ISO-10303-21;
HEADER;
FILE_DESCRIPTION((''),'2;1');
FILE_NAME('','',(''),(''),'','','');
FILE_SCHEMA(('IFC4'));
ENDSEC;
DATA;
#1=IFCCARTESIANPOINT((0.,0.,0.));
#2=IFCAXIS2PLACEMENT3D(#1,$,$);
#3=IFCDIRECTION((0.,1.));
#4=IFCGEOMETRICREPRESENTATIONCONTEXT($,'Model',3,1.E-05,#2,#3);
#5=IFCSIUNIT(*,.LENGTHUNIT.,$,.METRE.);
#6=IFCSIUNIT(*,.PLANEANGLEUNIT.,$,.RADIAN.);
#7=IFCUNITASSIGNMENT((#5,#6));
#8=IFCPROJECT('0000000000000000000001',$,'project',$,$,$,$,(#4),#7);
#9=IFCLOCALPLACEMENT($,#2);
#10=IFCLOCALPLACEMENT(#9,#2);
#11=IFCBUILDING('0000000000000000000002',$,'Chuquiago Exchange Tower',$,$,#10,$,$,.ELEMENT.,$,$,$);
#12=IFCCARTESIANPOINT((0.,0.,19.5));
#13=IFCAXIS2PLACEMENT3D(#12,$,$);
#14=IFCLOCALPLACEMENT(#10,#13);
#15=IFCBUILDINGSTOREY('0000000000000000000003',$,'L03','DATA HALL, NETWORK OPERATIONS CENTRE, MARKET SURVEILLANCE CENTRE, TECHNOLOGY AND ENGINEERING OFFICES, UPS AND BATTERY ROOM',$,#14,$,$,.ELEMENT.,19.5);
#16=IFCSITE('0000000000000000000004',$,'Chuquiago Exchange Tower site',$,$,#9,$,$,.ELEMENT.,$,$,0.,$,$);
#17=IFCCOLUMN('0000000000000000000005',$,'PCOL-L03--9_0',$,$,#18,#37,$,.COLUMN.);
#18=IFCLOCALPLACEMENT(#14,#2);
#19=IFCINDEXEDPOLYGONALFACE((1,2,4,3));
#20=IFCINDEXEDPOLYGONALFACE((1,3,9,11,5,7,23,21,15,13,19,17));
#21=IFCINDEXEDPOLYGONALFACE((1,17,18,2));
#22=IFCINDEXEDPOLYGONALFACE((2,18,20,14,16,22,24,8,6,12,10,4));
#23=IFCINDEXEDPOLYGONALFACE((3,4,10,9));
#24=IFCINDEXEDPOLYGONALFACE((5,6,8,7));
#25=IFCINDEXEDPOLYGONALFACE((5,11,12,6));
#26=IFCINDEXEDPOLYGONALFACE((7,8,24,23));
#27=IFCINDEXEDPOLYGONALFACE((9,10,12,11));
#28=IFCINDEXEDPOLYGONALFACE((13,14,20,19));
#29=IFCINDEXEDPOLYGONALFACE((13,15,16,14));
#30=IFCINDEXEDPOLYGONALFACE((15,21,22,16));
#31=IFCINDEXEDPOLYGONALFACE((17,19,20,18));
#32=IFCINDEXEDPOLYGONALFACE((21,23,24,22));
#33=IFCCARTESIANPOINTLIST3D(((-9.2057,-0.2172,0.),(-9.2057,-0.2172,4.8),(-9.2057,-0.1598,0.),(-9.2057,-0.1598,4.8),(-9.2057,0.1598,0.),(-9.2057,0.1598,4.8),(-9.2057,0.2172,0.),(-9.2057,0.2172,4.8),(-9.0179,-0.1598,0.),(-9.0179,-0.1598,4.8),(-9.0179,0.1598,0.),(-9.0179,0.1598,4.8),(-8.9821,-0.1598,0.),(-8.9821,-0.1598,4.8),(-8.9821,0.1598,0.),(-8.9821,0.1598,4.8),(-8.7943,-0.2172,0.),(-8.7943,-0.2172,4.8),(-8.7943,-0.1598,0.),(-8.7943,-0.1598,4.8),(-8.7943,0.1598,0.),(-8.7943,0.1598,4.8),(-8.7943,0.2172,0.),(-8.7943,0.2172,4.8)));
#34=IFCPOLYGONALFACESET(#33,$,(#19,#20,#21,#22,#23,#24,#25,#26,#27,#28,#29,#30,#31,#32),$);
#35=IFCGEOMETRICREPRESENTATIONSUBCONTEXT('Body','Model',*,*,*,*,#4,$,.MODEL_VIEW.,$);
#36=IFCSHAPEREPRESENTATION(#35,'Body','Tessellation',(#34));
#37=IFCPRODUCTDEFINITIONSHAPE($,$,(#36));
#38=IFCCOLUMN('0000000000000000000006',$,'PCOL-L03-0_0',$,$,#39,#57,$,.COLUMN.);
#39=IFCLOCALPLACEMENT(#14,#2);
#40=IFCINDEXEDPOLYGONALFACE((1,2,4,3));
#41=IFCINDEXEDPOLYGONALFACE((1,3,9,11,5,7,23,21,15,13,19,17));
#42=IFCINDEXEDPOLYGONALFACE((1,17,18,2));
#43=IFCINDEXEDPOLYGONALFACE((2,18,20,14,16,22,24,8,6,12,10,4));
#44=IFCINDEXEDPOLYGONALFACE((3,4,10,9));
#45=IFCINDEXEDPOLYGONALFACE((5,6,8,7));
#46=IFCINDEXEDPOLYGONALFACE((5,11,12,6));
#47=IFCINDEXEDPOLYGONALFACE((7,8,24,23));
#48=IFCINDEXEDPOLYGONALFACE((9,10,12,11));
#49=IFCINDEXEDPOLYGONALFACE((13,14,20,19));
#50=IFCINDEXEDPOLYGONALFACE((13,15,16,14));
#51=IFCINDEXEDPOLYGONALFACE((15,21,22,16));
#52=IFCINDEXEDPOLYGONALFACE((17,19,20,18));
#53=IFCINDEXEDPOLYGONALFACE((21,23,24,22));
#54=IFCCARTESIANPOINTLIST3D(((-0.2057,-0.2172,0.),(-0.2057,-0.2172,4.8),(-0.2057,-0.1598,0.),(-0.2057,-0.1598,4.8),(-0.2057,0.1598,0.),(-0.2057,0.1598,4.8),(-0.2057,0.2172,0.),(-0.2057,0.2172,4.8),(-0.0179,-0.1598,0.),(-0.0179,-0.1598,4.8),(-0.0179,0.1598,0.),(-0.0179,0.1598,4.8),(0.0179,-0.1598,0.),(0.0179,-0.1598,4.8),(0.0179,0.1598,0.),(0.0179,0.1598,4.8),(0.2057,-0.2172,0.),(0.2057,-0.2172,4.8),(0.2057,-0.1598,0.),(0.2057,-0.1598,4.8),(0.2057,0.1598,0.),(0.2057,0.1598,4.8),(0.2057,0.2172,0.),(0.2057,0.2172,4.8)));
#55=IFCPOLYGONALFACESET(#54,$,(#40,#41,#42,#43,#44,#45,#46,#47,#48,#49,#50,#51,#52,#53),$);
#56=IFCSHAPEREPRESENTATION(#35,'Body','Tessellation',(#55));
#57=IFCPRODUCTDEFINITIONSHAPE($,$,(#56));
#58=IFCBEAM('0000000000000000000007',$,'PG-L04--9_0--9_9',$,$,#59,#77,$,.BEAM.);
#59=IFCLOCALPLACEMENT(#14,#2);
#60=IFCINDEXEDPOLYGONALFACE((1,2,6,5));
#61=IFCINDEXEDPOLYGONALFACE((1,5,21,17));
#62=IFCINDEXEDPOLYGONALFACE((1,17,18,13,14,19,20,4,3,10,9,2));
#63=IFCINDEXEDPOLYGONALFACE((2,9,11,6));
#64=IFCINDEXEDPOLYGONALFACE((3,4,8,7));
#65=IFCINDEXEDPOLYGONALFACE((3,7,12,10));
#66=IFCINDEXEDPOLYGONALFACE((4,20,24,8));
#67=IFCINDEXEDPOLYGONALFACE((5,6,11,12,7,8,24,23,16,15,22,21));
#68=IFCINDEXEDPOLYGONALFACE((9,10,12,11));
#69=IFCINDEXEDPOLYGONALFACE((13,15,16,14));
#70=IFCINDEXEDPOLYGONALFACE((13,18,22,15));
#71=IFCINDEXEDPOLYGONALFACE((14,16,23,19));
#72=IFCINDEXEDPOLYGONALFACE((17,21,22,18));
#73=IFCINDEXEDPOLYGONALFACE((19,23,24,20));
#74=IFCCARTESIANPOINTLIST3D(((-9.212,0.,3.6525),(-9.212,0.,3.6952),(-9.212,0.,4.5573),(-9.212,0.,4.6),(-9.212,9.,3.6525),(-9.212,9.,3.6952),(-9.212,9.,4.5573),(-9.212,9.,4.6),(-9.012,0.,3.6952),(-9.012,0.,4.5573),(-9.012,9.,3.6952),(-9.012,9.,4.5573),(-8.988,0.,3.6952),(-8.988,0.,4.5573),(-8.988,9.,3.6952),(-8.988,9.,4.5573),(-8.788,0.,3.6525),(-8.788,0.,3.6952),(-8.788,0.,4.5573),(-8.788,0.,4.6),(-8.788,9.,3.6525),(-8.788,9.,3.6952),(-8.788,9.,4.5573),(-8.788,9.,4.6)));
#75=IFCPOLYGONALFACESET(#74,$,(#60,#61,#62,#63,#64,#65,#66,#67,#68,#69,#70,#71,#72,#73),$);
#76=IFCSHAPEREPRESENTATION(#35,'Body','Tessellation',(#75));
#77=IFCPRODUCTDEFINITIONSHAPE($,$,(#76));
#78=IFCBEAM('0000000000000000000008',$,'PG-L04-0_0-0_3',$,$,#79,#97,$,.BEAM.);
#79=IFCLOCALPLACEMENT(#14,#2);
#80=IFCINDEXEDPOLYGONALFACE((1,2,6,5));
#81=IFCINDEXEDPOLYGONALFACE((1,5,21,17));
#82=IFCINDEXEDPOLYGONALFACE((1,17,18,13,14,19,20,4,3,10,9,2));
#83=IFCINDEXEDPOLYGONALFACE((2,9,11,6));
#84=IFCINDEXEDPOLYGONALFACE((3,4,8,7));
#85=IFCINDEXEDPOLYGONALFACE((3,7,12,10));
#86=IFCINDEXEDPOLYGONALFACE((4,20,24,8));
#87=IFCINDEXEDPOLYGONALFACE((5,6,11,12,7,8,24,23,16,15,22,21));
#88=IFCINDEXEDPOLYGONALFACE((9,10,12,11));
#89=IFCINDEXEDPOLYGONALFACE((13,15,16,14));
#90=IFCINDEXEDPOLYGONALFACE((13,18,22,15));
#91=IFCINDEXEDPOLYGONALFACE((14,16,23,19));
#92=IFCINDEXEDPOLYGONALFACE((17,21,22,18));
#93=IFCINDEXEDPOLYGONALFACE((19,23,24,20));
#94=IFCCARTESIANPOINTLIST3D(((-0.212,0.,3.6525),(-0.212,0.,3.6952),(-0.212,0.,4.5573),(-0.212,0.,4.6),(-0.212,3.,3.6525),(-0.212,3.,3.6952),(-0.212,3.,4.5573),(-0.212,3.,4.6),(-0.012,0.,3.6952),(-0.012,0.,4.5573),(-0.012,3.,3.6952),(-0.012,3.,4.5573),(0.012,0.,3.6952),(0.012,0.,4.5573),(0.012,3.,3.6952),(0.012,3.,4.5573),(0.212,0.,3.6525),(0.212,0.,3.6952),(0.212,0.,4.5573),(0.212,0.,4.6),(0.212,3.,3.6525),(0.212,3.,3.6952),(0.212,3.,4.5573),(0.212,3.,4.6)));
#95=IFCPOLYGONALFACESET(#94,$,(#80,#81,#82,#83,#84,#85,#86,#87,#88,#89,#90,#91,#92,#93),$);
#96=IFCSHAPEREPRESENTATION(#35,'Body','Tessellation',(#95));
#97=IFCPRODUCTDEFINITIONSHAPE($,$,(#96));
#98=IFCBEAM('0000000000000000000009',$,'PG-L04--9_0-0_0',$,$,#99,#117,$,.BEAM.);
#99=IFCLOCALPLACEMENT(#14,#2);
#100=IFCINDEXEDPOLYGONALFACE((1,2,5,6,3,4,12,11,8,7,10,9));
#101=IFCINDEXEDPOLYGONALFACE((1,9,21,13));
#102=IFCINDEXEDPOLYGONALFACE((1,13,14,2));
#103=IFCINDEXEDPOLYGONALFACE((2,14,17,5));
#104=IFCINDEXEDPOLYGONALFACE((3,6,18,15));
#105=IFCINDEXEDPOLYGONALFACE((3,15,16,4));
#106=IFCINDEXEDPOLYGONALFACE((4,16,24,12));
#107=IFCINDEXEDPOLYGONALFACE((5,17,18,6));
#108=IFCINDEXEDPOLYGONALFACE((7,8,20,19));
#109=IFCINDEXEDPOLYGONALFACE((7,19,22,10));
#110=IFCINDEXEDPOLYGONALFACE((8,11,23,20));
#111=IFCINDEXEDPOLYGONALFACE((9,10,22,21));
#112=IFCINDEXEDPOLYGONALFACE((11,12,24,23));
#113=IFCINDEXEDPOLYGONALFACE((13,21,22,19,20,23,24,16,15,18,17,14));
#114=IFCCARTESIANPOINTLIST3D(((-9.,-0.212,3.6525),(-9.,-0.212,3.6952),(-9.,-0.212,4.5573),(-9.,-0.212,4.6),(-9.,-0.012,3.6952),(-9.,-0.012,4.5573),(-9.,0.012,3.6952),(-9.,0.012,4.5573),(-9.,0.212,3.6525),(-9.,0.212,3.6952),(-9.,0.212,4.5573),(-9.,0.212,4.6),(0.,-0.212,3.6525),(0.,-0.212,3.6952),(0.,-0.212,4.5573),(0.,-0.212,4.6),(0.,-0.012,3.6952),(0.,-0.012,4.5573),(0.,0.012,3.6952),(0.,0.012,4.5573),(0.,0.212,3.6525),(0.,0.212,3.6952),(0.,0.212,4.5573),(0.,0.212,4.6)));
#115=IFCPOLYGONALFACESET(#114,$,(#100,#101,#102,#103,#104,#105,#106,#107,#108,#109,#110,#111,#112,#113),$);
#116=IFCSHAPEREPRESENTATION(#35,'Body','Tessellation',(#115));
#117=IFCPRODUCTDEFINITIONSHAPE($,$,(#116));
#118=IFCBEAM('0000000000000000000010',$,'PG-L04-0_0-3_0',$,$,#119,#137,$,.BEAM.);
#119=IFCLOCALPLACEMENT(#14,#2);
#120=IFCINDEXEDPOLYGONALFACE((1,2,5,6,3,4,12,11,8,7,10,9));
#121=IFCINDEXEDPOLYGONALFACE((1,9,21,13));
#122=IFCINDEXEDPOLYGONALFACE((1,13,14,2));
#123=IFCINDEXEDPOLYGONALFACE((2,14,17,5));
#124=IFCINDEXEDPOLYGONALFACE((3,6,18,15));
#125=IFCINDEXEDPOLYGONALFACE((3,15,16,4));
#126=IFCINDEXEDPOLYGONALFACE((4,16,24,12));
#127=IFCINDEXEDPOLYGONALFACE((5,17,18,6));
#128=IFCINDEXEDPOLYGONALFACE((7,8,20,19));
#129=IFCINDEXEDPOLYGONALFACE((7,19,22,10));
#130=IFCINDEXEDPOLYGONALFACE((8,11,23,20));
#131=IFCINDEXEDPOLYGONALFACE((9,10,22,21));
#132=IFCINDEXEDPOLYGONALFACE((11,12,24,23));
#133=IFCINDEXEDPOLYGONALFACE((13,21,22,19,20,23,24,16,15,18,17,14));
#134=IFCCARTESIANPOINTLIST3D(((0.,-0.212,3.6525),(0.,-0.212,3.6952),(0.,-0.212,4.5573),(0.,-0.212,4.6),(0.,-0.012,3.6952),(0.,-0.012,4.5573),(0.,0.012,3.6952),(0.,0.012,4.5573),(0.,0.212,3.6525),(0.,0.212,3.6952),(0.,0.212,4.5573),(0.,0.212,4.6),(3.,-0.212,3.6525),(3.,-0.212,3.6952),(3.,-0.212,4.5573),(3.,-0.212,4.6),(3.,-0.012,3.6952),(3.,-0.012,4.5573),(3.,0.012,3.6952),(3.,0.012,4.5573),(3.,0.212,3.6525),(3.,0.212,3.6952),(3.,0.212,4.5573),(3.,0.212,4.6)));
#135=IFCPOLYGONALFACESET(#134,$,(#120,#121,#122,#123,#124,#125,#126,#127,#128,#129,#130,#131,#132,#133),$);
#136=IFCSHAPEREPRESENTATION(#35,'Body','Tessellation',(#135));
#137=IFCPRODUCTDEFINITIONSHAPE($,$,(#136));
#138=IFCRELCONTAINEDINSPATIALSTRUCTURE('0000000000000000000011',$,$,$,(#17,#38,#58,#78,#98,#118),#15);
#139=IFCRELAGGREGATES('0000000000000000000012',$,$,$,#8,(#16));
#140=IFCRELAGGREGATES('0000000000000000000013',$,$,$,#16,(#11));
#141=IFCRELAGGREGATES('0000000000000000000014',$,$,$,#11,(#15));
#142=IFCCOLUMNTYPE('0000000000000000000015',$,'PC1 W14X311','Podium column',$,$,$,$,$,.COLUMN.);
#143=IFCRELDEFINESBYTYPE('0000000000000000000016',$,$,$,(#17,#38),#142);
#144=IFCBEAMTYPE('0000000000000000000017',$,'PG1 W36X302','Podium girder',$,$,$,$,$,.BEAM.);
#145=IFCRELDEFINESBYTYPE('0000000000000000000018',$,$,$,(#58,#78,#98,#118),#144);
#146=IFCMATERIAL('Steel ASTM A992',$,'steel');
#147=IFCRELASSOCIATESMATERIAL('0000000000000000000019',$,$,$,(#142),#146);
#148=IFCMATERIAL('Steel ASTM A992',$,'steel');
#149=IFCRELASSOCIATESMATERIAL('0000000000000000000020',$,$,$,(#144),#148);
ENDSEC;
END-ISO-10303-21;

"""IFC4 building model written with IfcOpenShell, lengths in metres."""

from ifc_helpers import new_model, si_unit, direction, frame, origin, origin_2d, place, context, subcontext, project, spatial, i_section, extrude, material, material_profile, profile_set, type_object, element, save


model = new_model("IFC4")

# Units and contexts
model_context = context("Model", 3, precision=1e-05, world=origin(), true_north=direction((0.0, 1.0)))
body_context = subcontext(model_context, "Body", "Model", "MODEL_VIEW")
ifc_project = project(units=[si_unit("LENGTHUNIT", "METRE"), si_unit("PLANEANGLEUNIT", "RADIAN")], contexts=[model_context])

# Site, building, storey
site_placement = place(None, origin())
site = spatial("IfcSite", under=ifc_project, at=site_placement, Name="Chuquiago Exchange Tower site", CompositionType="ELEMENT", RefElevation=0.0)
building_placement = place(site_placement, origin())
building = spatial("IfcBuilding", under=site, at=building_placement, Name="Chuquiago Exchange Tower", CompositionType="ELEMENT")
storey_placement = place(building_placement, frame((0.0, 0.0, 19.5)))
storey = spatial("IfcBuildingStorey", under=building, at=storey_placement, Name="L03", Description="DATA HALL, NETWORK OPERATIONS CENTRE, MARKET SURVEILLANCE CENTRE, TECHNOLOGY AND ENGINEERING OFFICES, UPS AND BATTERY ROOM", CompositionType="ELEMENT", Elevation=19.5)

# Columns
ifc_material_1 = material(Name="Steel ASTM A992", Category="steel")
ifc_material_profile_1 = material_profile(ifc_material_1, i_section(OverallWidth=0.4114, OverallDepth=0.4343, WebThickness=0.0359, FlangeThickness=0.0574, at=origin_2d()), Name="W14X311")
ifc_profile_set_1 = profile_set([ifc_material_profile_1], Name="Steel ASTM A992")
column_type = type_object("IfcColumnType", Name="PC1 W14X311", Description="Podium column", PredefinedType="COLUMN", material=ifc_profile_set_1)
for number, where, z_axis, x_axis, name in (
    (1, (-9.0, 0.0, 0.0), (0.0, 0.0, 1.0), (1.0, 0.0, 0.0), "PCOL-L03--9_0"),
    (2, (0.0, 0.0, 0.0), (0.0, 0.0, 1.0), (1.0, 0.0, 0.0), "PCOL-L03-0_0"),
):
    element("IfcColumn", number, at=place(storey_placement, frame(where, z_axis=z_axis, x_axis=x_axis)), inside=storey, type_object=column_type, Name=name, PredefinedType="COLUMN", context=body_context, shape_type="SweptSolid", body=[
        extrude(i_section(OverallWidth=0.4114, OverallDepth=0.4343, WebThickness=0.0359, FlangeThickness=0.0574, at=origin_2d()), origin(), (0.0, 0.0, 1.0), 4.8),
    ])

# Beams
ifc_material_2 = material(Name="Steel ASTM A992", Category="steel")
ifc_material_profile_2 = material_profile(ifc_material_2, i_section(OverallWidth=0.4241, OverallDepth=0.9475, WebThickness=0.0239, FlangeThickness=0.0427, at=origin_2d()), Name="W36X302")
ifc_profile_set_2 = profile_set([ifc_material_profile_2], Name="Steel ASTM A992")
beam_type = type_object("IfcBeamType", Name="PG1 W36X302", Description="Podium girder", PredefinedType="BEAM", material=ifc_profile_set_2)
beam_1_placement = place(storey_placement, frame((-9.0, 0.0, 4.1262), z_axis=(0.0, 1.0, 0.0), x_axis=(-1.0, 0.0, 0.0)))
element("IfcBeam", 3, at=beam_1_placement, inside=storey, type_object=beam_type, Name="PG-L04--9_0--9_9", PredefinedType="BEAM", context=body_context, shape_type="SweptSolid", body=[
    extrude(i_section(OverallWidth=0.4241, OverallDepth=0.9475, WebThickness=0.0239, FlangeThickness=0.0427, at=origin_2d()), origin(), (0.0, 0.0, 1.0), 9.0),
])
beam_2_placement = place(storey_placement, frame((0.0, 0.0, 4.1262), z_axis=(0.0, 1.0, 0.0), x_axis=(-1.0, 0.0, 0.0)))
element("IfcBeam", 4, at=beam_2_placement, inside=storey, type_object=beam_type, Name="PG-L04-0_0-0_3", PredefinedType="BEAM", context=body_context, shape_type="SweptSolid", body=[
    extrude(i_section(OverallWidth=0.4241, OverallDepth=0.9475, WebThickness=0.0239, FlangeThickness=0.0427, at=origin_2d()), origin(), (0.0, 0.0, 1.0), 3.0),
])
beam_3_placement = place(storey_placement, frame((-9.0, 0.0, 4.1262), z_axis=(1.0, 0.0, 0.0), x_axis=(0.0, 1.0, 0.0)))
element("IfcBeam", 5, at=beam_3_placement, inside=storey, type_object=beam_type, Name="PG-L04--9_0-0_0", PredefinedType="BEAM", context=body_context, shape_type="SweptSolid", body=[
    extrude(i_section(OverallWidth=0.4241, OverallDepth=0.9475, WebThickness=0.0239, FlangeThickness=0.0427, at=origin_2d()), origin(), (0.0, 0.0, 1.0), 9.0),
])
beam_4_placement = place(storey_placement, frame((0.0, 0.0, 4.1262), z_axis=(1.0, 0.0, 0.0), x_axis=(0.0, 1.0, 0.0)))
element("IfcBeam", 6, at=beam_4_placement, inside=storey, type_object=beam_type, Name="PG-L04-0_0-3_0", PredefinedType="BEAM", context=body_context, shape_type="SweptSolid", body=[
    extrude(i_section(OverallWidth=0.4241, OverallDepth=0.9475, WebThickness=0.0239, FlangeThickness=0.0427, at=origin_2d()), origin(), (0.0, 0.0, 1.0), 3.0),
])

save(model, "model.ifc")
